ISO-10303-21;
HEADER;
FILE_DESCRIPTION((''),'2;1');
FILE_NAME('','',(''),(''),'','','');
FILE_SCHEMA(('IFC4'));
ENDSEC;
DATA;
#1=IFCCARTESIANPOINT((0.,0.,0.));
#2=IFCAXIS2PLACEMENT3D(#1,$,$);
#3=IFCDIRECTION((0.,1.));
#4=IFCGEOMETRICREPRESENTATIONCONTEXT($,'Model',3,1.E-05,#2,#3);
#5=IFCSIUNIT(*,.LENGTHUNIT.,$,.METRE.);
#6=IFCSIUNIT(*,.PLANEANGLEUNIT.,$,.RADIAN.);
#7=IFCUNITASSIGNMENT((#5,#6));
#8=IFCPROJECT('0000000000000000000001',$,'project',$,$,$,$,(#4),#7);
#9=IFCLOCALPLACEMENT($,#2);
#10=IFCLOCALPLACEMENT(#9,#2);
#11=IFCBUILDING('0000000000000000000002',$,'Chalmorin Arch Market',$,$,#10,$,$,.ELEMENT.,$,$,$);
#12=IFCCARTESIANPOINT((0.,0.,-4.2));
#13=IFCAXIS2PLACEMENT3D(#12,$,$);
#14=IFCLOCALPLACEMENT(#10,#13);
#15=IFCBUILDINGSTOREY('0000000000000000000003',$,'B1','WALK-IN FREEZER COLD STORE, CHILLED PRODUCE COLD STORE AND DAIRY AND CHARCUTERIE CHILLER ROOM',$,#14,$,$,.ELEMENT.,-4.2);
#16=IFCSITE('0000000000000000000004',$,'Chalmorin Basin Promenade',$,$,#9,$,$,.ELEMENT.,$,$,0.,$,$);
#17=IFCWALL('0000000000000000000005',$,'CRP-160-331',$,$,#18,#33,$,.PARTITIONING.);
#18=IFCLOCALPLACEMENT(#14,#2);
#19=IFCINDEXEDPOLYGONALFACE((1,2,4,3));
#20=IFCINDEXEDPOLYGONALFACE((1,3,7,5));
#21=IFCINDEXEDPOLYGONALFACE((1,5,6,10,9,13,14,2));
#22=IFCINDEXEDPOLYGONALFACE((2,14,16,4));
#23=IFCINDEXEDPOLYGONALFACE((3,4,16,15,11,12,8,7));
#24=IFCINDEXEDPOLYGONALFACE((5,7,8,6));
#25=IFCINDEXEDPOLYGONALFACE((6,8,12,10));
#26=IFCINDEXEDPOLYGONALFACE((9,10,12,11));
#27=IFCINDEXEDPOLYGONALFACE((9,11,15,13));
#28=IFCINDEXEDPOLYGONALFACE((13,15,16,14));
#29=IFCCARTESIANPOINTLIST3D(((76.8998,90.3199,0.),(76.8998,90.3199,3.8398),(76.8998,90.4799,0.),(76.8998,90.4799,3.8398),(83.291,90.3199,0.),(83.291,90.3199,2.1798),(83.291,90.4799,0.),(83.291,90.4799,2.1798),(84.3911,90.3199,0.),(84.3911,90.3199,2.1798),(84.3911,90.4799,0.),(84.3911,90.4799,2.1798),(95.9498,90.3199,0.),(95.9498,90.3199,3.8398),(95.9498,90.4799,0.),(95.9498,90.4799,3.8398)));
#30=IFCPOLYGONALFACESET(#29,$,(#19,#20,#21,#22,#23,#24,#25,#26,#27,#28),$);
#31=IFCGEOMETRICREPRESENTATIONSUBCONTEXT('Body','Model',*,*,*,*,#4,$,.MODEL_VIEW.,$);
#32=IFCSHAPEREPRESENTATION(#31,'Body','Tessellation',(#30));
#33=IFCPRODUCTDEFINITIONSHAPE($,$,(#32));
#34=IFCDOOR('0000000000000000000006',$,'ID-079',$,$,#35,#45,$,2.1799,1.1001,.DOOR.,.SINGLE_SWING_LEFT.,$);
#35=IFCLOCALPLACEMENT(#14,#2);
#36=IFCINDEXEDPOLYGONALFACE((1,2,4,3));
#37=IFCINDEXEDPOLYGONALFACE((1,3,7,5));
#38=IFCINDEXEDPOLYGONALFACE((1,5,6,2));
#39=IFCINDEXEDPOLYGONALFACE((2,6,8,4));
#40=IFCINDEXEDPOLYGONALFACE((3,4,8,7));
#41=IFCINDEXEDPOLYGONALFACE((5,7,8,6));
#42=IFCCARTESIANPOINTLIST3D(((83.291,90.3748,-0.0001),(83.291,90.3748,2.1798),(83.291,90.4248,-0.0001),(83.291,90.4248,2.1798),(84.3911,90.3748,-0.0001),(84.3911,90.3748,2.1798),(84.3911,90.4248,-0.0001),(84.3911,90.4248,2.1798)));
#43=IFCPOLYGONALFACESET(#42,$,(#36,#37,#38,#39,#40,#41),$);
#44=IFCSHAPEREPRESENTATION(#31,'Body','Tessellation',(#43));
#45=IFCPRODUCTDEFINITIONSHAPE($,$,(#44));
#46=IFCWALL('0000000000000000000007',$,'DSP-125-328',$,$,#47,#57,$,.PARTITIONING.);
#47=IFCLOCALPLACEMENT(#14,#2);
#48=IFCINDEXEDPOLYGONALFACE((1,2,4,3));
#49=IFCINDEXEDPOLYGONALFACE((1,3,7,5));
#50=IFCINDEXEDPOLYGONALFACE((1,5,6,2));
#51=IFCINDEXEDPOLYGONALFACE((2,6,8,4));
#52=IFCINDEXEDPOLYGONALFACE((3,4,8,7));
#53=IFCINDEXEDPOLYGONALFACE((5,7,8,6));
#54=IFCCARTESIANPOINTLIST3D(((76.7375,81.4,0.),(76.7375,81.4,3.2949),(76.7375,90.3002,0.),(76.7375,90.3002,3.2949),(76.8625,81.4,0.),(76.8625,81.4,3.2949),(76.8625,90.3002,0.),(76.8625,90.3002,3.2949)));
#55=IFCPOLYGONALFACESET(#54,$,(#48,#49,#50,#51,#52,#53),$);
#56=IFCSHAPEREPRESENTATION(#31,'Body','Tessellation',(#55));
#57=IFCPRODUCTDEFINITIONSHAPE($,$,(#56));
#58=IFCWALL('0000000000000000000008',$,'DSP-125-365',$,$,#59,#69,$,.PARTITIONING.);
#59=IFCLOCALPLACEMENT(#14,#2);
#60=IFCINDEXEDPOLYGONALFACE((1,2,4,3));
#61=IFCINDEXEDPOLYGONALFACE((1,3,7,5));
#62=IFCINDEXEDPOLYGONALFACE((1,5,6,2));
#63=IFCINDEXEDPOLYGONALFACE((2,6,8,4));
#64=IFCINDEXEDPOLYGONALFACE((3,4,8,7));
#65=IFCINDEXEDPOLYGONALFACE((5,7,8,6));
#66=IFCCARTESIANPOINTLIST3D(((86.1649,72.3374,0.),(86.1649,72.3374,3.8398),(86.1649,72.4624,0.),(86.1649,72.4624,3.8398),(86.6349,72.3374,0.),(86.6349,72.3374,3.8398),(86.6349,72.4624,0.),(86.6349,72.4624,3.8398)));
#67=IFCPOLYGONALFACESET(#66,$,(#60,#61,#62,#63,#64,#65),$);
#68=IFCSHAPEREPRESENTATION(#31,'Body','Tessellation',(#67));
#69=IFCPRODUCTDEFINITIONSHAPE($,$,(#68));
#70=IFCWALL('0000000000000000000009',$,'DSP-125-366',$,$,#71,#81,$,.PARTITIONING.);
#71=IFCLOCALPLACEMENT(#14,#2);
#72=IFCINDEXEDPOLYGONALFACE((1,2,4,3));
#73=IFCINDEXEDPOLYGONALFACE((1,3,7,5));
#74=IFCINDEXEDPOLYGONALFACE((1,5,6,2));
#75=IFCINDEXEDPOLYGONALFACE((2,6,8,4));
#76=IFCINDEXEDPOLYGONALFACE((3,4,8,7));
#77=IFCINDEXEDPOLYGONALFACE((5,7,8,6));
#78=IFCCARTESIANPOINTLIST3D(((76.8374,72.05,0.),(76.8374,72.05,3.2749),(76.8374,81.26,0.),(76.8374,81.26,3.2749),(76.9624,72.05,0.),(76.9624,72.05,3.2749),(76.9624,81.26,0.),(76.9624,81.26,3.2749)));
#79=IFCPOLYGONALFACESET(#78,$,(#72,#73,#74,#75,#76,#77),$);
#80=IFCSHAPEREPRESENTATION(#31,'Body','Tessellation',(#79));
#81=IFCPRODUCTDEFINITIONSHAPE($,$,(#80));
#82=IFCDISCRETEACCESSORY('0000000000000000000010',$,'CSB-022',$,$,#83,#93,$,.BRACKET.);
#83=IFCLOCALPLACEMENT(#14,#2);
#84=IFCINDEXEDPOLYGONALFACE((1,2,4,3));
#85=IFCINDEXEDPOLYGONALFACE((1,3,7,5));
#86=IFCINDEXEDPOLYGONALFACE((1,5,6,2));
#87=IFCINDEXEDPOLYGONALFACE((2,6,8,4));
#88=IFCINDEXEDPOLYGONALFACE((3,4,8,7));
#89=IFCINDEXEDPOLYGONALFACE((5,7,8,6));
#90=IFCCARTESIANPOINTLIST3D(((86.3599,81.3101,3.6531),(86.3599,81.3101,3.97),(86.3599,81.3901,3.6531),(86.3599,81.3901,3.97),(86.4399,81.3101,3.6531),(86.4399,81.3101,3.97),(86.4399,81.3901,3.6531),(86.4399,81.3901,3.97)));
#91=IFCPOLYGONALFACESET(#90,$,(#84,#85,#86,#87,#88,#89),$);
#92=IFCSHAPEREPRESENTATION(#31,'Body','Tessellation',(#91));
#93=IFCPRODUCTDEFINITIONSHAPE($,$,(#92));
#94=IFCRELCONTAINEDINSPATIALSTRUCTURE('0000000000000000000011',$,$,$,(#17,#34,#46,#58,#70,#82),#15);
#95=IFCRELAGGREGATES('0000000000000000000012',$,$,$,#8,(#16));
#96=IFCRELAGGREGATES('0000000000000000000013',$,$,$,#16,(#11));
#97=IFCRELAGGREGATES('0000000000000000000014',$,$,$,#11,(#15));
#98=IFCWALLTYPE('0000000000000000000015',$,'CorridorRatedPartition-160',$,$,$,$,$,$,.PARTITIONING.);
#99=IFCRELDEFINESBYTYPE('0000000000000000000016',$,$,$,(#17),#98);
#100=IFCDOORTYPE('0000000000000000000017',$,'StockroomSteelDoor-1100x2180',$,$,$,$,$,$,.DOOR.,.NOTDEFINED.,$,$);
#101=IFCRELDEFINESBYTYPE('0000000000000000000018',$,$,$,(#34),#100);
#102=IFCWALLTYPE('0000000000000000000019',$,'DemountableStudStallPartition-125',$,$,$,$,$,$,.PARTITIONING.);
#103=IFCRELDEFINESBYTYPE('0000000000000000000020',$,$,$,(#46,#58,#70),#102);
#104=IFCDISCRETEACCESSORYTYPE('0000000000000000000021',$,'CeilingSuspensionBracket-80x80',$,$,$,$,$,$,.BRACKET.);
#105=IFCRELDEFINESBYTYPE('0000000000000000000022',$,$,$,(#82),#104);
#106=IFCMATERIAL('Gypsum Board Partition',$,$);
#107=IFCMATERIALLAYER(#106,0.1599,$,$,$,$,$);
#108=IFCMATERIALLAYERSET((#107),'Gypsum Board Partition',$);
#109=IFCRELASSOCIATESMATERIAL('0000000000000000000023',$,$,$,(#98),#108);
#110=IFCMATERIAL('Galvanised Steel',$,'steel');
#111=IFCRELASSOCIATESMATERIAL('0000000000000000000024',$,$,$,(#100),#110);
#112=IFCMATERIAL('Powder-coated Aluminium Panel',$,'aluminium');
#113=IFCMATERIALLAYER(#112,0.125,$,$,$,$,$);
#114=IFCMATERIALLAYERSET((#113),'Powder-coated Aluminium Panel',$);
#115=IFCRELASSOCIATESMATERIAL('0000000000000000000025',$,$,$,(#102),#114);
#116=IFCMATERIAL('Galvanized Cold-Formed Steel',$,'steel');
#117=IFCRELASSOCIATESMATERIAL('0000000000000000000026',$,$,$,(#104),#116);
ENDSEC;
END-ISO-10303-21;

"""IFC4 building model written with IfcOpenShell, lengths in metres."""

from ifc_helpers import new_model, si_unit, direction, frame, frame_2d, origin, origin_2d, place, context, subcontext, project, spatial, rectangle, extrude, material, layer, layer_set, type_object, element, fill, save


model = new_model("IFC4")

# Units and contexts
model_context = context("Model", 3, precision=1e-05, world=origin(), true_north=direction((0.0, 1.0)))
body_context = subcontext(model_context, "Body", "Model", "MODEL_VIEW")
ifc_project = project(units=[si_unit("LENGTHUNIT", "METRE"), si_unit("PLANEANGLEUNIT", "RADIAN")], contexts=[model_context])

# Site, building, storey
site_placement = place(None, origin())
site = spatial("IfcSite", under=ifc_project, at=site_placement, Name="Chalmorin Basin Promenade", CompositionType="ELEMENT", RefElevation=0.0)
building_placement = place(site_placement, origin())
building = spatial("IfcBuilding", under=site, at=building_placement, Name="Chalmorin Arch Market", CompositionType="ELEMENT")
storey_placement = place(building_placement, frame((0.0, 0.0, -4.2)))
storey = spatial("IfcBuildingStorey", under=building, at=storey_placement, Name="B1", Description="WALK-IN FREEZER COLD STORE, CHILLED PRODUCE COLD STORE AND DAIRY AND CHARCUTERIE CHILLER ROOM", CompositionType="ELEMENT", Elevation=-4.2)

# Wall, opening, door
ifc_material_1 = material(Name="Gypsum Board Partition")
ifc_layer_1 = layer(ifc_material_1, 0.1599)
ifc_layer_set_1 = layer_set([ifc_layer_1], Name="Gypsum Board Partition")
wall_type_1 = type_object("IfcWallType", Name="CorridorRatedPartition-160", PredefinedType="PARTITIONING", material=ifc_layer_set_1)
wall_1_placement = place(storey_placement, frame((76.8999, 90.3999, 0.0), z_axis=(0.0, 0.0, 1.0), x_axis=(1.0, 0.0, 0.0)))
wall_1 = element("IfcWall", 1, at=wall_1_placement, inside=storey, type_object=wall_type_1, Name="CRP-160-331", PredefinedType="PARTITIONING", context=body_context, shape_type="SweptSolid", body=[
    extrude(rectangle(XDim=19.05, YDim=0.1599, at=frame_2d((9.5249, 0.0))), origin(), (0.0, 0.0, 1.0), 3.8398),
])
opening_placement = place(wall_1_placement, frame((6.3911, 0.0, 0.0)))
opening = element("IfcOpeningElement", 2, at=opening_placement, cuts=wall_1, PredefinedType="OPENING", context=body_context, shape_type="SweptSolid", body=[
    extrude(rectangle(XDim=1.1001, YDim=2.1799, at=frame_2d((0.55, 1.0898))), frame((0.0, 0.0898, 0.0), z_axis=(0.0, -1.0, 0.0), x_axis=(1.0, 0.0, 0.0)), (0.0, 0.0, 1.0), 0.1799),
])
ifc_material_2 = material(Name="Galvanised Steel", Category="steel")
door_type = type_object("IfcDoorType", Name="StockroomSteelDoor-1100x2180", OperationType="NOTDEFINED", PredefinedType="DOOR", material=ifc_material_2)
door_placement = place(opening_placement, origin())
door = element("IfcDoor", 3, at=door_placement, inside=storey, type_object=door_type, Name="ID-079", OperationType="SINGLE_SWING_LEFT", OverallHeight=2.1799, OverallWidth=1.1001, PredefinedType="DOOR", context=body_context, shape_type="SweptSolid", body=[
    extrude(rectangle(XDim=1.1001, YDim=2.1799, at=frame_2d((0.55, 1.0898))), frame((0.0, 0.0249, 0.0), z_axis=(0.0, -1.0, 0.0), x_axis=(1.0, 0.0, 0.0)), (0.0, 0.0, 1.0), 0.05),
])
fill(opening, door)

# Walls
ifc_material_3 = material(Name="Powder-coated Aluminium Panel", Category="aluminium")
ifc_layer_2 = layer(ifc_material_3, 0.125)
ifc_layer_set_2 = layer_set([ifc_layer_2], Name="Powder-coated Aluminium Panel")
wall_type_2 = type_object("IfcWallType", Name="DemountableStudStallPartition-125", PredefinedType="PARTITIONING", material=ifc_layer_set_2)
wall_2_placement = place(storey_placement, frame((76.8, 81.3999, 0.0), z_axis=(0.0, 0.0, 1.0), x_axis=(0.0, 1.0, 0.0)))
element("IfcWall", 4, at=wall_2_placement, inside=storey, type_object=wall_type_2, Name="DSP-125-328", PredefinedType="PARTITIONING", context=body_context, shape_type="SweptSolid", body=[
    extrude(rectangle(XDim=8.9001, YDim=0.125, at=frame_2d((4.4502, 0.0))), origin(), (0.0, 0.0, 1.0), 3.2949),
])
wall_3_placement = place(storey_placement, frame((86.165, 72.3999, 0.0), z_axis=(0.0, 0.0, 1.0), x_axis=(1.0, 0.0, 0.0)))
element("IfcWall", 5, at=wall_3_placement, inside=storey, type_object=wall_type_2, Name="DSP-125-365", PredefinedType="PARTITIONING", context=body_context, shape_type="SweptSolid", body=[
    extrude(rectangle(XDim=0.47, YDim=0.125, at=frame_2d((0.2349, 0.0))), origin(), (0.0, 0.0, 1.0), 3.8398),
])
wall_4_placement = place(storey_placement, frame((76.8999, 72.05, 0.0), z_axis=(0.0, 0.0, 1.0), x_axis=(0.0, 1.0, 0.0)))
element("IfcWall", 6, at=wall_4_placement, inside=storey, type_object=wall_type_2, Name="DSP-125-366", PredefinedType="PARTITIONING", context=body_context, shape_type="SweptSolid", body=[
    extrude(rectangle(XDim=9.21, YDim=0.125, at=frame_2d((4.605, 0.0))), origin(), (0.0, 0.0, 1.0), 3.2749),
])

# Discrete accessory
ifc_material_4 = material(Name="Galvanized Cold-Formed Steel", Category="steel")
discrete_accessory_type = type_object("IfcDiscreteAccessoryType", Name="CeilingSuspensionBracket-80x80", PredefinedType="BRACKET", material=ifc_material_4)
discrete_accessory_placement = place(storey_placement, frame((86.3999, 81.3501, 3.6531), z_axis=(0.0, 0.0, 1.0), x_axis=(1.0, 0.0, 0.0)))
element("IfcDiscreteAccessory", 7, at=discrete_accessory_placement, inside=storey, type_object=discrete_accessory_type, Name="CSB-022", PredefinedType="BRACKET", context=body_context, shape_type="SweptSolid", body=[
    extrude(rectangle(XDim=0.0801, YDim=0.0801, at=origin_2d()), origin(), (0.0, 0.0, 1.0), 0.3169),
])

save(model, "model.ifc")
